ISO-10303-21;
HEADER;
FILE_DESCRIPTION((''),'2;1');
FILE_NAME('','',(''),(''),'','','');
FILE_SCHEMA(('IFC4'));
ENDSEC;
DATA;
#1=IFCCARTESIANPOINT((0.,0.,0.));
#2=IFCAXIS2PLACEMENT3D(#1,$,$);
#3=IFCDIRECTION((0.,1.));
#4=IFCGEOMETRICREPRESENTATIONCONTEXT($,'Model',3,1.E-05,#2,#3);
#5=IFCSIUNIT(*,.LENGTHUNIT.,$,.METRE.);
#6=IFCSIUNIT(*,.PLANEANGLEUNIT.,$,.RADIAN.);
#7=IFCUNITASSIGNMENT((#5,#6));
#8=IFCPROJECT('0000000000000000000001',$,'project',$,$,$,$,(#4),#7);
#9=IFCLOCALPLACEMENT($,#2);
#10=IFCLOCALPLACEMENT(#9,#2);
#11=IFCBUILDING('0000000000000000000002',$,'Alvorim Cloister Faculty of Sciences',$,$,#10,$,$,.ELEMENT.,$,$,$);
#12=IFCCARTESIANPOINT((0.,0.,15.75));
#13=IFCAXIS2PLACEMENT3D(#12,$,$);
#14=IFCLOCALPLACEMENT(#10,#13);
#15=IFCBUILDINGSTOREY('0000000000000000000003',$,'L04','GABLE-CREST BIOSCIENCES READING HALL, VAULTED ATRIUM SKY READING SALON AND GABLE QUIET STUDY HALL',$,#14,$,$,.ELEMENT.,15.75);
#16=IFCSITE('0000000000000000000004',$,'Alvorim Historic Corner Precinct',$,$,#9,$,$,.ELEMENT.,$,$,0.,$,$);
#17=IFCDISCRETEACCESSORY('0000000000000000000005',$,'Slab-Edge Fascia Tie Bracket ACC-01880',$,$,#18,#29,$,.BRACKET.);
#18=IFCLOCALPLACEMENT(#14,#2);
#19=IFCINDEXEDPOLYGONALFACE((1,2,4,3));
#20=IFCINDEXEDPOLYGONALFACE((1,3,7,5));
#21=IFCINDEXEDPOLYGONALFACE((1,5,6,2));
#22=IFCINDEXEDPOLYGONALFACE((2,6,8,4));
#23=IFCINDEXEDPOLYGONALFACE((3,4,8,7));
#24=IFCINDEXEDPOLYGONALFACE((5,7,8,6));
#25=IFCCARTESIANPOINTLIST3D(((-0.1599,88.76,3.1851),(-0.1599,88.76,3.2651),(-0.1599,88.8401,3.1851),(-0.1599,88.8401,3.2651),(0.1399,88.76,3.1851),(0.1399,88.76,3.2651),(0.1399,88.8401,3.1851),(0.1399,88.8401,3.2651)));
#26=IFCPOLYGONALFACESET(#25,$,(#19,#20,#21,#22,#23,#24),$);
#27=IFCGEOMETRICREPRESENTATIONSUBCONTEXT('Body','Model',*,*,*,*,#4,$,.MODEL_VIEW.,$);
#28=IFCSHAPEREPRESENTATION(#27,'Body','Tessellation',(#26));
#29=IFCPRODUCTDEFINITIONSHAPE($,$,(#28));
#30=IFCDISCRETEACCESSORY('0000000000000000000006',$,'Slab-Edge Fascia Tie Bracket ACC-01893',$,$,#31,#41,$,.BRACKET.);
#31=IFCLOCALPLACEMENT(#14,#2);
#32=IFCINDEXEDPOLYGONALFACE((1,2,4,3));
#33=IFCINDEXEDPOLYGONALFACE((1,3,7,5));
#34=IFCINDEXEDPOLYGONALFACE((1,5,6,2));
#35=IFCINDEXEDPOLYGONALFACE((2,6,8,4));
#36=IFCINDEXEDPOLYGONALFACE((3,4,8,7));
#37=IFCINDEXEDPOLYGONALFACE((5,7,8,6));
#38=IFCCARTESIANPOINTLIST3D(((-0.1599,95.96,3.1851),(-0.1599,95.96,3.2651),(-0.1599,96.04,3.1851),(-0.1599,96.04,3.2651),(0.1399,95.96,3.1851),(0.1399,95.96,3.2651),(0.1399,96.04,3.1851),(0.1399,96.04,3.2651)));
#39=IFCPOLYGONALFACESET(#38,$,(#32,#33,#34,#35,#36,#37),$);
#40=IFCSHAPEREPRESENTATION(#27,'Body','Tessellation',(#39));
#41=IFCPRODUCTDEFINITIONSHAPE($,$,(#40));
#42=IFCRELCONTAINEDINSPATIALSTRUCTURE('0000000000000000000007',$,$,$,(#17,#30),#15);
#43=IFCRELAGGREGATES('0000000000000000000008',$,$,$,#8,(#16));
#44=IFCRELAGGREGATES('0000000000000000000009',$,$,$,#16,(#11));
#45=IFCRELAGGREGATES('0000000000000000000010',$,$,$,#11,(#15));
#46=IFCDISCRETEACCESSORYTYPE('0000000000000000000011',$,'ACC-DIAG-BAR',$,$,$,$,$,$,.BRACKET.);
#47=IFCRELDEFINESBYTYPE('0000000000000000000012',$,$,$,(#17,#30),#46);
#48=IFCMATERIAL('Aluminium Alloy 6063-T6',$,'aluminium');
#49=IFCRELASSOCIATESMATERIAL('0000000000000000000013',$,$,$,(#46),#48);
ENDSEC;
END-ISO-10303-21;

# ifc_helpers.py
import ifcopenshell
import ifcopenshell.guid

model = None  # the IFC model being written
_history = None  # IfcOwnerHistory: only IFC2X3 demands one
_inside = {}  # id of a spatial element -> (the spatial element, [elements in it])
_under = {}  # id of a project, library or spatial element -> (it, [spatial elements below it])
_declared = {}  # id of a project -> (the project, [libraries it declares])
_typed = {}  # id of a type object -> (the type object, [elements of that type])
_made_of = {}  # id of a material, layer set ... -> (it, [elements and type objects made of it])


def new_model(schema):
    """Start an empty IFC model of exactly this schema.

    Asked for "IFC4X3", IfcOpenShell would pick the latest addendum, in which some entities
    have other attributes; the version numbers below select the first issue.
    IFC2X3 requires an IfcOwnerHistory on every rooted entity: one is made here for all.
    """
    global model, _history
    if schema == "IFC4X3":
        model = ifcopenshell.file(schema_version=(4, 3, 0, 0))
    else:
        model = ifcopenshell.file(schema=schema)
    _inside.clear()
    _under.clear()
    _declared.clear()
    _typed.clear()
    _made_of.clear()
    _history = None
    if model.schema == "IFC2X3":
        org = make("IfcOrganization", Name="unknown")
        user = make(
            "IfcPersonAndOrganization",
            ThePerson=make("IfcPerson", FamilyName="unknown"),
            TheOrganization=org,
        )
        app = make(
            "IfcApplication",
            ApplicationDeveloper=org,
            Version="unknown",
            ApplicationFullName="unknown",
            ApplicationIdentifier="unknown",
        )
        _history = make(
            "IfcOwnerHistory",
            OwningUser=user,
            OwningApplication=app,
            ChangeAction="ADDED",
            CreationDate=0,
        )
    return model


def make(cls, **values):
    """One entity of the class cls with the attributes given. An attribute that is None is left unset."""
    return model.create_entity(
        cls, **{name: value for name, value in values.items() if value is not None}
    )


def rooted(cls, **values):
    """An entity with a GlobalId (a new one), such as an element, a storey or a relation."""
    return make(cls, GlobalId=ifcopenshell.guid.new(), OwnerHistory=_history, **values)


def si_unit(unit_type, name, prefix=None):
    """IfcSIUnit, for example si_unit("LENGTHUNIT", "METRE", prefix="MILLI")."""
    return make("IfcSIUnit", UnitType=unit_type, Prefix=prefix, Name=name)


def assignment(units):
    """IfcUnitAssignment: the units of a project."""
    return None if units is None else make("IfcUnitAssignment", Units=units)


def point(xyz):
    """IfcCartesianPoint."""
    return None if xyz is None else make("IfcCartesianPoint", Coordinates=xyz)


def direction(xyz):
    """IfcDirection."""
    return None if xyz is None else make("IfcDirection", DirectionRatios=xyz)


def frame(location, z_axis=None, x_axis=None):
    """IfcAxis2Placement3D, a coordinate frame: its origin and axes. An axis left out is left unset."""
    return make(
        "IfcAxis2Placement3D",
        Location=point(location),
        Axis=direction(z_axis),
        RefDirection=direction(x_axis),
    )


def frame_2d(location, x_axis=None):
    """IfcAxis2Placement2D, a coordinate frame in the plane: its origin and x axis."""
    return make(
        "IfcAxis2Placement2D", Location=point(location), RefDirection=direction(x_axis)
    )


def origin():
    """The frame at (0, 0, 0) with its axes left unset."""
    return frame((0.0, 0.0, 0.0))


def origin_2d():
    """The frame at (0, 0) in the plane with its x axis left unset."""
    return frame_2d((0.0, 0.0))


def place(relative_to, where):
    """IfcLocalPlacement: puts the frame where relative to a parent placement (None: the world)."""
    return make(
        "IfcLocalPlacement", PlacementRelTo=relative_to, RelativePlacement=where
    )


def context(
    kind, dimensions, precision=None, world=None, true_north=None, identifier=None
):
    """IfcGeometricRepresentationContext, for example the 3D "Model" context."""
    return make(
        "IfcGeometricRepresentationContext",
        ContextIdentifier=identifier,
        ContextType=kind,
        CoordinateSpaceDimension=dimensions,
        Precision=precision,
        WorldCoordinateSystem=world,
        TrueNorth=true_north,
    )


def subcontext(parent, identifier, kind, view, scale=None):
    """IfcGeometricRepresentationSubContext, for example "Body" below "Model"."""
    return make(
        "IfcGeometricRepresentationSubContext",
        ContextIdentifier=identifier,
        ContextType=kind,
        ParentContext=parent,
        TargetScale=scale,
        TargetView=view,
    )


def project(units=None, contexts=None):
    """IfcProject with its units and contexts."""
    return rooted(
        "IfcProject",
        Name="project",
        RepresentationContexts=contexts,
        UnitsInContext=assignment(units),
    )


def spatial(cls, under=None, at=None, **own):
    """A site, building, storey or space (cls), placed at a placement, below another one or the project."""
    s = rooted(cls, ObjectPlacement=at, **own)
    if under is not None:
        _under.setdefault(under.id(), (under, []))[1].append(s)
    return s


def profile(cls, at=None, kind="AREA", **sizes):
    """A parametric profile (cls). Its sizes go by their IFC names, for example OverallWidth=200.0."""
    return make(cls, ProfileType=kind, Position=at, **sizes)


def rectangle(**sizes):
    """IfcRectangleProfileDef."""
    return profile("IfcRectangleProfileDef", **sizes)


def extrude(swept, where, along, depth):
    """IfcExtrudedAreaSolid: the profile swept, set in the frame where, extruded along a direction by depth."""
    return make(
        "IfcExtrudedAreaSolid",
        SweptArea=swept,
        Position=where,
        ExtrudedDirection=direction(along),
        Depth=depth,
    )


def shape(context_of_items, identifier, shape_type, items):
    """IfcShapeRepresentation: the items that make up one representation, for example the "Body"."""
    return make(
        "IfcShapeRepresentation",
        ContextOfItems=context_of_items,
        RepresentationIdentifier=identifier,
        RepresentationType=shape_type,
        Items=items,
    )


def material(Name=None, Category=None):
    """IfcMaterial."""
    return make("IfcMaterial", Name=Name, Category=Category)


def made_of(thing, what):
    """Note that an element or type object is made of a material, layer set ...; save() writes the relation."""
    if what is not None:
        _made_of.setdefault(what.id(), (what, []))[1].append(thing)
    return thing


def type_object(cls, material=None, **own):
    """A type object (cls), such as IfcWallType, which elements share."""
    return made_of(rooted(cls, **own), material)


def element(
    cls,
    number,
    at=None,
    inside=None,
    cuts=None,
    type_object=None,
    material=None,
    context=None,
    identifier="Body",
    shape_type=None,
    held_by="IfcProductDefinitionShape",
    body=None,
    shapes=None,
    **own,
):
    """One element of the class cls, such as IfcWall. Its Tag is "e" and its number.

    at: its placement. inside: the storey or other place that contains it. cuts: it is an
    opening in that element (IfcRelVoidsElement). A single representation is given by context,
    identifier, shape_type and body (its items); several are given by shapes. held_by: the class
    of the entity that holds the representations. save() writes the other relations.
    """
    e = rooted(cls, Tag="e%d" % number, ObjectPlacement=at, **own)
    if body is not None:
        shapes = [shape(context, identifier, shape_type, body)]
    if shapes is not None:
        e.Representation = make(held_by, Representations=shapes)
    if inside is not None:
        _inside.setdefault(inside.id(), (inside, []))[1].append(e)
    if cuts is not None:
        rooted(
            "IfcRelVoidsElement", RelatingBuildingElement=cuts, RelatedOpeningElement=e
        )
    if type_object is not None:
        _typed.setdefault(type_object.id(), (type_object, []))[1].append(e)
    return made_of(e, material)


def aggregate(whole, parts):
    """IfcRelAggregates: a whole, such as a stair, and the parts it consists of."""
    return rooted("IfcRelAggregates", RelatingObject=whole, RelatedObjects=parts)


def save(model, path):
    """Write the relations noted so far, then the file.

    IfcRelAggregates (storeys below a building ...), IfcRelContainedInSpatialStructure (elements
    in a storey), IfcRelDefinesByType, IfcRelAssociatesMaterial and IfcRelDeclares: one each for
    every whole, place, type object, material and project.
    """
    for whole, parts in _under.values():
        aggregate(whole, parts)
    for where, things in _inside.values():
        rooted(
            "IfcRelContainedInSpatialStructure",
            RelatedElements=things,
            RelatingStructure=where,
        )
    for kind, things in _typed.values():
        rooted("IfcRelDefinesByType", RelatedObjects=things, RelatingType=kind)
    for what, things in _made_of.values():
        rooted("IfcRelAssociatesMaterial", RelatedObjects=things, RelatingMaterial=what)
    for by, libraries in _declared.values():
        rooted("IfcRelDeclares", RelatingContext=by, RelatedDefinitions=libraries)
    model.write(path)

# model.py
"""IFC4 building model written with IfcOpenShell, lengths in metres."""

from ifc_helpers import new_model, si_unit, direction, frame, origin, origin_2d, place, context, subcontext, project, spatial, rectangle, extrude, material, type_object, element, save


model = new_model("IFC4")

# Units and contexts
model_context = context("Model", 3, precision=1e-05, world=origin(), true_north=direction((0.0, 1.0)))
body_context = subcontext(model_context, "Body", "Model", "MODEL_VIEW")
ifc_project = project(units=[si_unit("LENGTHUNIT", "METRE"), si_unit("PLANEANGLEUNIT", "RADIAN")], contexts=[model_context])

# Site, building, storey
site_placement = place(None, origin())
site = spatial("IfcSite", under=ifc_project, at=site_placement, Name="Alvorim Historic Corner Precinct", CompositionType="ELEMENT", RefElevation=0.0)
building_placement = place(site_placement, origin())
building = spatial("IfcBuilding", under=site, at=building_placement, Name="Alvorim Cloister Faculty of Sciences", CompositionType="ELEMENT")
storey_placement = place(building_placement, frame((0.0, 0.0, 15.75)))
storey = spatial("IfcBuildingStorey", under=building, at=storey_placement, Name="L04", Description="GABLE-CREST BIOSCIENCES READING HALL, VAULTED ATRIUM SKY READING SALON AND GABLE QUIET STUDY HALL", CompositionType="ELEMENT", Elevation=15.75)

# Discrete accessories
ifc_material_1 = material(Name="Aluminium Alloy 6063-T6", Category="aluminium")
discrete_accessory_type = type_object("IfcDiscreteAccessoryType", Name="ACC-DIAG-BAR", PredefinedType="BRACKET", material=ifc_material_1)
for number, where, z_axis, x_axis, name in (
    (1, (0.1399, 88.8, 3.2251), (-1.0, 0.0, 0.0), (0.0, -1.0, 0.0), "Slab-Edge Fascia Tie Bracket ACC-01880"),
    (2, (0.1399, 96.0, 3.2251), (-1.0, 0.0, 0.0), (0.0, -1.0, 0.0), "Slab-Edge Fascia Tie Bracket ACC-01893"),
):
    element("IfcDiscreteAccessory", number, at=place(storey_placement, frame(where, z_axis=z_axis, x_axis=x_axis)), inside=storey, type_object=discrete_accessory_type, Name=name, PredefinedType="BRACKET", context=body_context, shape_type="SweptSolid", body=[
        extrude(rectangle(XDim=0.0801, YDim=0.0801, at=origin_2d()), origin(), (0.0, 0.0, 1.0), 0.2998),
    ])

save(model, "model.ifc")
